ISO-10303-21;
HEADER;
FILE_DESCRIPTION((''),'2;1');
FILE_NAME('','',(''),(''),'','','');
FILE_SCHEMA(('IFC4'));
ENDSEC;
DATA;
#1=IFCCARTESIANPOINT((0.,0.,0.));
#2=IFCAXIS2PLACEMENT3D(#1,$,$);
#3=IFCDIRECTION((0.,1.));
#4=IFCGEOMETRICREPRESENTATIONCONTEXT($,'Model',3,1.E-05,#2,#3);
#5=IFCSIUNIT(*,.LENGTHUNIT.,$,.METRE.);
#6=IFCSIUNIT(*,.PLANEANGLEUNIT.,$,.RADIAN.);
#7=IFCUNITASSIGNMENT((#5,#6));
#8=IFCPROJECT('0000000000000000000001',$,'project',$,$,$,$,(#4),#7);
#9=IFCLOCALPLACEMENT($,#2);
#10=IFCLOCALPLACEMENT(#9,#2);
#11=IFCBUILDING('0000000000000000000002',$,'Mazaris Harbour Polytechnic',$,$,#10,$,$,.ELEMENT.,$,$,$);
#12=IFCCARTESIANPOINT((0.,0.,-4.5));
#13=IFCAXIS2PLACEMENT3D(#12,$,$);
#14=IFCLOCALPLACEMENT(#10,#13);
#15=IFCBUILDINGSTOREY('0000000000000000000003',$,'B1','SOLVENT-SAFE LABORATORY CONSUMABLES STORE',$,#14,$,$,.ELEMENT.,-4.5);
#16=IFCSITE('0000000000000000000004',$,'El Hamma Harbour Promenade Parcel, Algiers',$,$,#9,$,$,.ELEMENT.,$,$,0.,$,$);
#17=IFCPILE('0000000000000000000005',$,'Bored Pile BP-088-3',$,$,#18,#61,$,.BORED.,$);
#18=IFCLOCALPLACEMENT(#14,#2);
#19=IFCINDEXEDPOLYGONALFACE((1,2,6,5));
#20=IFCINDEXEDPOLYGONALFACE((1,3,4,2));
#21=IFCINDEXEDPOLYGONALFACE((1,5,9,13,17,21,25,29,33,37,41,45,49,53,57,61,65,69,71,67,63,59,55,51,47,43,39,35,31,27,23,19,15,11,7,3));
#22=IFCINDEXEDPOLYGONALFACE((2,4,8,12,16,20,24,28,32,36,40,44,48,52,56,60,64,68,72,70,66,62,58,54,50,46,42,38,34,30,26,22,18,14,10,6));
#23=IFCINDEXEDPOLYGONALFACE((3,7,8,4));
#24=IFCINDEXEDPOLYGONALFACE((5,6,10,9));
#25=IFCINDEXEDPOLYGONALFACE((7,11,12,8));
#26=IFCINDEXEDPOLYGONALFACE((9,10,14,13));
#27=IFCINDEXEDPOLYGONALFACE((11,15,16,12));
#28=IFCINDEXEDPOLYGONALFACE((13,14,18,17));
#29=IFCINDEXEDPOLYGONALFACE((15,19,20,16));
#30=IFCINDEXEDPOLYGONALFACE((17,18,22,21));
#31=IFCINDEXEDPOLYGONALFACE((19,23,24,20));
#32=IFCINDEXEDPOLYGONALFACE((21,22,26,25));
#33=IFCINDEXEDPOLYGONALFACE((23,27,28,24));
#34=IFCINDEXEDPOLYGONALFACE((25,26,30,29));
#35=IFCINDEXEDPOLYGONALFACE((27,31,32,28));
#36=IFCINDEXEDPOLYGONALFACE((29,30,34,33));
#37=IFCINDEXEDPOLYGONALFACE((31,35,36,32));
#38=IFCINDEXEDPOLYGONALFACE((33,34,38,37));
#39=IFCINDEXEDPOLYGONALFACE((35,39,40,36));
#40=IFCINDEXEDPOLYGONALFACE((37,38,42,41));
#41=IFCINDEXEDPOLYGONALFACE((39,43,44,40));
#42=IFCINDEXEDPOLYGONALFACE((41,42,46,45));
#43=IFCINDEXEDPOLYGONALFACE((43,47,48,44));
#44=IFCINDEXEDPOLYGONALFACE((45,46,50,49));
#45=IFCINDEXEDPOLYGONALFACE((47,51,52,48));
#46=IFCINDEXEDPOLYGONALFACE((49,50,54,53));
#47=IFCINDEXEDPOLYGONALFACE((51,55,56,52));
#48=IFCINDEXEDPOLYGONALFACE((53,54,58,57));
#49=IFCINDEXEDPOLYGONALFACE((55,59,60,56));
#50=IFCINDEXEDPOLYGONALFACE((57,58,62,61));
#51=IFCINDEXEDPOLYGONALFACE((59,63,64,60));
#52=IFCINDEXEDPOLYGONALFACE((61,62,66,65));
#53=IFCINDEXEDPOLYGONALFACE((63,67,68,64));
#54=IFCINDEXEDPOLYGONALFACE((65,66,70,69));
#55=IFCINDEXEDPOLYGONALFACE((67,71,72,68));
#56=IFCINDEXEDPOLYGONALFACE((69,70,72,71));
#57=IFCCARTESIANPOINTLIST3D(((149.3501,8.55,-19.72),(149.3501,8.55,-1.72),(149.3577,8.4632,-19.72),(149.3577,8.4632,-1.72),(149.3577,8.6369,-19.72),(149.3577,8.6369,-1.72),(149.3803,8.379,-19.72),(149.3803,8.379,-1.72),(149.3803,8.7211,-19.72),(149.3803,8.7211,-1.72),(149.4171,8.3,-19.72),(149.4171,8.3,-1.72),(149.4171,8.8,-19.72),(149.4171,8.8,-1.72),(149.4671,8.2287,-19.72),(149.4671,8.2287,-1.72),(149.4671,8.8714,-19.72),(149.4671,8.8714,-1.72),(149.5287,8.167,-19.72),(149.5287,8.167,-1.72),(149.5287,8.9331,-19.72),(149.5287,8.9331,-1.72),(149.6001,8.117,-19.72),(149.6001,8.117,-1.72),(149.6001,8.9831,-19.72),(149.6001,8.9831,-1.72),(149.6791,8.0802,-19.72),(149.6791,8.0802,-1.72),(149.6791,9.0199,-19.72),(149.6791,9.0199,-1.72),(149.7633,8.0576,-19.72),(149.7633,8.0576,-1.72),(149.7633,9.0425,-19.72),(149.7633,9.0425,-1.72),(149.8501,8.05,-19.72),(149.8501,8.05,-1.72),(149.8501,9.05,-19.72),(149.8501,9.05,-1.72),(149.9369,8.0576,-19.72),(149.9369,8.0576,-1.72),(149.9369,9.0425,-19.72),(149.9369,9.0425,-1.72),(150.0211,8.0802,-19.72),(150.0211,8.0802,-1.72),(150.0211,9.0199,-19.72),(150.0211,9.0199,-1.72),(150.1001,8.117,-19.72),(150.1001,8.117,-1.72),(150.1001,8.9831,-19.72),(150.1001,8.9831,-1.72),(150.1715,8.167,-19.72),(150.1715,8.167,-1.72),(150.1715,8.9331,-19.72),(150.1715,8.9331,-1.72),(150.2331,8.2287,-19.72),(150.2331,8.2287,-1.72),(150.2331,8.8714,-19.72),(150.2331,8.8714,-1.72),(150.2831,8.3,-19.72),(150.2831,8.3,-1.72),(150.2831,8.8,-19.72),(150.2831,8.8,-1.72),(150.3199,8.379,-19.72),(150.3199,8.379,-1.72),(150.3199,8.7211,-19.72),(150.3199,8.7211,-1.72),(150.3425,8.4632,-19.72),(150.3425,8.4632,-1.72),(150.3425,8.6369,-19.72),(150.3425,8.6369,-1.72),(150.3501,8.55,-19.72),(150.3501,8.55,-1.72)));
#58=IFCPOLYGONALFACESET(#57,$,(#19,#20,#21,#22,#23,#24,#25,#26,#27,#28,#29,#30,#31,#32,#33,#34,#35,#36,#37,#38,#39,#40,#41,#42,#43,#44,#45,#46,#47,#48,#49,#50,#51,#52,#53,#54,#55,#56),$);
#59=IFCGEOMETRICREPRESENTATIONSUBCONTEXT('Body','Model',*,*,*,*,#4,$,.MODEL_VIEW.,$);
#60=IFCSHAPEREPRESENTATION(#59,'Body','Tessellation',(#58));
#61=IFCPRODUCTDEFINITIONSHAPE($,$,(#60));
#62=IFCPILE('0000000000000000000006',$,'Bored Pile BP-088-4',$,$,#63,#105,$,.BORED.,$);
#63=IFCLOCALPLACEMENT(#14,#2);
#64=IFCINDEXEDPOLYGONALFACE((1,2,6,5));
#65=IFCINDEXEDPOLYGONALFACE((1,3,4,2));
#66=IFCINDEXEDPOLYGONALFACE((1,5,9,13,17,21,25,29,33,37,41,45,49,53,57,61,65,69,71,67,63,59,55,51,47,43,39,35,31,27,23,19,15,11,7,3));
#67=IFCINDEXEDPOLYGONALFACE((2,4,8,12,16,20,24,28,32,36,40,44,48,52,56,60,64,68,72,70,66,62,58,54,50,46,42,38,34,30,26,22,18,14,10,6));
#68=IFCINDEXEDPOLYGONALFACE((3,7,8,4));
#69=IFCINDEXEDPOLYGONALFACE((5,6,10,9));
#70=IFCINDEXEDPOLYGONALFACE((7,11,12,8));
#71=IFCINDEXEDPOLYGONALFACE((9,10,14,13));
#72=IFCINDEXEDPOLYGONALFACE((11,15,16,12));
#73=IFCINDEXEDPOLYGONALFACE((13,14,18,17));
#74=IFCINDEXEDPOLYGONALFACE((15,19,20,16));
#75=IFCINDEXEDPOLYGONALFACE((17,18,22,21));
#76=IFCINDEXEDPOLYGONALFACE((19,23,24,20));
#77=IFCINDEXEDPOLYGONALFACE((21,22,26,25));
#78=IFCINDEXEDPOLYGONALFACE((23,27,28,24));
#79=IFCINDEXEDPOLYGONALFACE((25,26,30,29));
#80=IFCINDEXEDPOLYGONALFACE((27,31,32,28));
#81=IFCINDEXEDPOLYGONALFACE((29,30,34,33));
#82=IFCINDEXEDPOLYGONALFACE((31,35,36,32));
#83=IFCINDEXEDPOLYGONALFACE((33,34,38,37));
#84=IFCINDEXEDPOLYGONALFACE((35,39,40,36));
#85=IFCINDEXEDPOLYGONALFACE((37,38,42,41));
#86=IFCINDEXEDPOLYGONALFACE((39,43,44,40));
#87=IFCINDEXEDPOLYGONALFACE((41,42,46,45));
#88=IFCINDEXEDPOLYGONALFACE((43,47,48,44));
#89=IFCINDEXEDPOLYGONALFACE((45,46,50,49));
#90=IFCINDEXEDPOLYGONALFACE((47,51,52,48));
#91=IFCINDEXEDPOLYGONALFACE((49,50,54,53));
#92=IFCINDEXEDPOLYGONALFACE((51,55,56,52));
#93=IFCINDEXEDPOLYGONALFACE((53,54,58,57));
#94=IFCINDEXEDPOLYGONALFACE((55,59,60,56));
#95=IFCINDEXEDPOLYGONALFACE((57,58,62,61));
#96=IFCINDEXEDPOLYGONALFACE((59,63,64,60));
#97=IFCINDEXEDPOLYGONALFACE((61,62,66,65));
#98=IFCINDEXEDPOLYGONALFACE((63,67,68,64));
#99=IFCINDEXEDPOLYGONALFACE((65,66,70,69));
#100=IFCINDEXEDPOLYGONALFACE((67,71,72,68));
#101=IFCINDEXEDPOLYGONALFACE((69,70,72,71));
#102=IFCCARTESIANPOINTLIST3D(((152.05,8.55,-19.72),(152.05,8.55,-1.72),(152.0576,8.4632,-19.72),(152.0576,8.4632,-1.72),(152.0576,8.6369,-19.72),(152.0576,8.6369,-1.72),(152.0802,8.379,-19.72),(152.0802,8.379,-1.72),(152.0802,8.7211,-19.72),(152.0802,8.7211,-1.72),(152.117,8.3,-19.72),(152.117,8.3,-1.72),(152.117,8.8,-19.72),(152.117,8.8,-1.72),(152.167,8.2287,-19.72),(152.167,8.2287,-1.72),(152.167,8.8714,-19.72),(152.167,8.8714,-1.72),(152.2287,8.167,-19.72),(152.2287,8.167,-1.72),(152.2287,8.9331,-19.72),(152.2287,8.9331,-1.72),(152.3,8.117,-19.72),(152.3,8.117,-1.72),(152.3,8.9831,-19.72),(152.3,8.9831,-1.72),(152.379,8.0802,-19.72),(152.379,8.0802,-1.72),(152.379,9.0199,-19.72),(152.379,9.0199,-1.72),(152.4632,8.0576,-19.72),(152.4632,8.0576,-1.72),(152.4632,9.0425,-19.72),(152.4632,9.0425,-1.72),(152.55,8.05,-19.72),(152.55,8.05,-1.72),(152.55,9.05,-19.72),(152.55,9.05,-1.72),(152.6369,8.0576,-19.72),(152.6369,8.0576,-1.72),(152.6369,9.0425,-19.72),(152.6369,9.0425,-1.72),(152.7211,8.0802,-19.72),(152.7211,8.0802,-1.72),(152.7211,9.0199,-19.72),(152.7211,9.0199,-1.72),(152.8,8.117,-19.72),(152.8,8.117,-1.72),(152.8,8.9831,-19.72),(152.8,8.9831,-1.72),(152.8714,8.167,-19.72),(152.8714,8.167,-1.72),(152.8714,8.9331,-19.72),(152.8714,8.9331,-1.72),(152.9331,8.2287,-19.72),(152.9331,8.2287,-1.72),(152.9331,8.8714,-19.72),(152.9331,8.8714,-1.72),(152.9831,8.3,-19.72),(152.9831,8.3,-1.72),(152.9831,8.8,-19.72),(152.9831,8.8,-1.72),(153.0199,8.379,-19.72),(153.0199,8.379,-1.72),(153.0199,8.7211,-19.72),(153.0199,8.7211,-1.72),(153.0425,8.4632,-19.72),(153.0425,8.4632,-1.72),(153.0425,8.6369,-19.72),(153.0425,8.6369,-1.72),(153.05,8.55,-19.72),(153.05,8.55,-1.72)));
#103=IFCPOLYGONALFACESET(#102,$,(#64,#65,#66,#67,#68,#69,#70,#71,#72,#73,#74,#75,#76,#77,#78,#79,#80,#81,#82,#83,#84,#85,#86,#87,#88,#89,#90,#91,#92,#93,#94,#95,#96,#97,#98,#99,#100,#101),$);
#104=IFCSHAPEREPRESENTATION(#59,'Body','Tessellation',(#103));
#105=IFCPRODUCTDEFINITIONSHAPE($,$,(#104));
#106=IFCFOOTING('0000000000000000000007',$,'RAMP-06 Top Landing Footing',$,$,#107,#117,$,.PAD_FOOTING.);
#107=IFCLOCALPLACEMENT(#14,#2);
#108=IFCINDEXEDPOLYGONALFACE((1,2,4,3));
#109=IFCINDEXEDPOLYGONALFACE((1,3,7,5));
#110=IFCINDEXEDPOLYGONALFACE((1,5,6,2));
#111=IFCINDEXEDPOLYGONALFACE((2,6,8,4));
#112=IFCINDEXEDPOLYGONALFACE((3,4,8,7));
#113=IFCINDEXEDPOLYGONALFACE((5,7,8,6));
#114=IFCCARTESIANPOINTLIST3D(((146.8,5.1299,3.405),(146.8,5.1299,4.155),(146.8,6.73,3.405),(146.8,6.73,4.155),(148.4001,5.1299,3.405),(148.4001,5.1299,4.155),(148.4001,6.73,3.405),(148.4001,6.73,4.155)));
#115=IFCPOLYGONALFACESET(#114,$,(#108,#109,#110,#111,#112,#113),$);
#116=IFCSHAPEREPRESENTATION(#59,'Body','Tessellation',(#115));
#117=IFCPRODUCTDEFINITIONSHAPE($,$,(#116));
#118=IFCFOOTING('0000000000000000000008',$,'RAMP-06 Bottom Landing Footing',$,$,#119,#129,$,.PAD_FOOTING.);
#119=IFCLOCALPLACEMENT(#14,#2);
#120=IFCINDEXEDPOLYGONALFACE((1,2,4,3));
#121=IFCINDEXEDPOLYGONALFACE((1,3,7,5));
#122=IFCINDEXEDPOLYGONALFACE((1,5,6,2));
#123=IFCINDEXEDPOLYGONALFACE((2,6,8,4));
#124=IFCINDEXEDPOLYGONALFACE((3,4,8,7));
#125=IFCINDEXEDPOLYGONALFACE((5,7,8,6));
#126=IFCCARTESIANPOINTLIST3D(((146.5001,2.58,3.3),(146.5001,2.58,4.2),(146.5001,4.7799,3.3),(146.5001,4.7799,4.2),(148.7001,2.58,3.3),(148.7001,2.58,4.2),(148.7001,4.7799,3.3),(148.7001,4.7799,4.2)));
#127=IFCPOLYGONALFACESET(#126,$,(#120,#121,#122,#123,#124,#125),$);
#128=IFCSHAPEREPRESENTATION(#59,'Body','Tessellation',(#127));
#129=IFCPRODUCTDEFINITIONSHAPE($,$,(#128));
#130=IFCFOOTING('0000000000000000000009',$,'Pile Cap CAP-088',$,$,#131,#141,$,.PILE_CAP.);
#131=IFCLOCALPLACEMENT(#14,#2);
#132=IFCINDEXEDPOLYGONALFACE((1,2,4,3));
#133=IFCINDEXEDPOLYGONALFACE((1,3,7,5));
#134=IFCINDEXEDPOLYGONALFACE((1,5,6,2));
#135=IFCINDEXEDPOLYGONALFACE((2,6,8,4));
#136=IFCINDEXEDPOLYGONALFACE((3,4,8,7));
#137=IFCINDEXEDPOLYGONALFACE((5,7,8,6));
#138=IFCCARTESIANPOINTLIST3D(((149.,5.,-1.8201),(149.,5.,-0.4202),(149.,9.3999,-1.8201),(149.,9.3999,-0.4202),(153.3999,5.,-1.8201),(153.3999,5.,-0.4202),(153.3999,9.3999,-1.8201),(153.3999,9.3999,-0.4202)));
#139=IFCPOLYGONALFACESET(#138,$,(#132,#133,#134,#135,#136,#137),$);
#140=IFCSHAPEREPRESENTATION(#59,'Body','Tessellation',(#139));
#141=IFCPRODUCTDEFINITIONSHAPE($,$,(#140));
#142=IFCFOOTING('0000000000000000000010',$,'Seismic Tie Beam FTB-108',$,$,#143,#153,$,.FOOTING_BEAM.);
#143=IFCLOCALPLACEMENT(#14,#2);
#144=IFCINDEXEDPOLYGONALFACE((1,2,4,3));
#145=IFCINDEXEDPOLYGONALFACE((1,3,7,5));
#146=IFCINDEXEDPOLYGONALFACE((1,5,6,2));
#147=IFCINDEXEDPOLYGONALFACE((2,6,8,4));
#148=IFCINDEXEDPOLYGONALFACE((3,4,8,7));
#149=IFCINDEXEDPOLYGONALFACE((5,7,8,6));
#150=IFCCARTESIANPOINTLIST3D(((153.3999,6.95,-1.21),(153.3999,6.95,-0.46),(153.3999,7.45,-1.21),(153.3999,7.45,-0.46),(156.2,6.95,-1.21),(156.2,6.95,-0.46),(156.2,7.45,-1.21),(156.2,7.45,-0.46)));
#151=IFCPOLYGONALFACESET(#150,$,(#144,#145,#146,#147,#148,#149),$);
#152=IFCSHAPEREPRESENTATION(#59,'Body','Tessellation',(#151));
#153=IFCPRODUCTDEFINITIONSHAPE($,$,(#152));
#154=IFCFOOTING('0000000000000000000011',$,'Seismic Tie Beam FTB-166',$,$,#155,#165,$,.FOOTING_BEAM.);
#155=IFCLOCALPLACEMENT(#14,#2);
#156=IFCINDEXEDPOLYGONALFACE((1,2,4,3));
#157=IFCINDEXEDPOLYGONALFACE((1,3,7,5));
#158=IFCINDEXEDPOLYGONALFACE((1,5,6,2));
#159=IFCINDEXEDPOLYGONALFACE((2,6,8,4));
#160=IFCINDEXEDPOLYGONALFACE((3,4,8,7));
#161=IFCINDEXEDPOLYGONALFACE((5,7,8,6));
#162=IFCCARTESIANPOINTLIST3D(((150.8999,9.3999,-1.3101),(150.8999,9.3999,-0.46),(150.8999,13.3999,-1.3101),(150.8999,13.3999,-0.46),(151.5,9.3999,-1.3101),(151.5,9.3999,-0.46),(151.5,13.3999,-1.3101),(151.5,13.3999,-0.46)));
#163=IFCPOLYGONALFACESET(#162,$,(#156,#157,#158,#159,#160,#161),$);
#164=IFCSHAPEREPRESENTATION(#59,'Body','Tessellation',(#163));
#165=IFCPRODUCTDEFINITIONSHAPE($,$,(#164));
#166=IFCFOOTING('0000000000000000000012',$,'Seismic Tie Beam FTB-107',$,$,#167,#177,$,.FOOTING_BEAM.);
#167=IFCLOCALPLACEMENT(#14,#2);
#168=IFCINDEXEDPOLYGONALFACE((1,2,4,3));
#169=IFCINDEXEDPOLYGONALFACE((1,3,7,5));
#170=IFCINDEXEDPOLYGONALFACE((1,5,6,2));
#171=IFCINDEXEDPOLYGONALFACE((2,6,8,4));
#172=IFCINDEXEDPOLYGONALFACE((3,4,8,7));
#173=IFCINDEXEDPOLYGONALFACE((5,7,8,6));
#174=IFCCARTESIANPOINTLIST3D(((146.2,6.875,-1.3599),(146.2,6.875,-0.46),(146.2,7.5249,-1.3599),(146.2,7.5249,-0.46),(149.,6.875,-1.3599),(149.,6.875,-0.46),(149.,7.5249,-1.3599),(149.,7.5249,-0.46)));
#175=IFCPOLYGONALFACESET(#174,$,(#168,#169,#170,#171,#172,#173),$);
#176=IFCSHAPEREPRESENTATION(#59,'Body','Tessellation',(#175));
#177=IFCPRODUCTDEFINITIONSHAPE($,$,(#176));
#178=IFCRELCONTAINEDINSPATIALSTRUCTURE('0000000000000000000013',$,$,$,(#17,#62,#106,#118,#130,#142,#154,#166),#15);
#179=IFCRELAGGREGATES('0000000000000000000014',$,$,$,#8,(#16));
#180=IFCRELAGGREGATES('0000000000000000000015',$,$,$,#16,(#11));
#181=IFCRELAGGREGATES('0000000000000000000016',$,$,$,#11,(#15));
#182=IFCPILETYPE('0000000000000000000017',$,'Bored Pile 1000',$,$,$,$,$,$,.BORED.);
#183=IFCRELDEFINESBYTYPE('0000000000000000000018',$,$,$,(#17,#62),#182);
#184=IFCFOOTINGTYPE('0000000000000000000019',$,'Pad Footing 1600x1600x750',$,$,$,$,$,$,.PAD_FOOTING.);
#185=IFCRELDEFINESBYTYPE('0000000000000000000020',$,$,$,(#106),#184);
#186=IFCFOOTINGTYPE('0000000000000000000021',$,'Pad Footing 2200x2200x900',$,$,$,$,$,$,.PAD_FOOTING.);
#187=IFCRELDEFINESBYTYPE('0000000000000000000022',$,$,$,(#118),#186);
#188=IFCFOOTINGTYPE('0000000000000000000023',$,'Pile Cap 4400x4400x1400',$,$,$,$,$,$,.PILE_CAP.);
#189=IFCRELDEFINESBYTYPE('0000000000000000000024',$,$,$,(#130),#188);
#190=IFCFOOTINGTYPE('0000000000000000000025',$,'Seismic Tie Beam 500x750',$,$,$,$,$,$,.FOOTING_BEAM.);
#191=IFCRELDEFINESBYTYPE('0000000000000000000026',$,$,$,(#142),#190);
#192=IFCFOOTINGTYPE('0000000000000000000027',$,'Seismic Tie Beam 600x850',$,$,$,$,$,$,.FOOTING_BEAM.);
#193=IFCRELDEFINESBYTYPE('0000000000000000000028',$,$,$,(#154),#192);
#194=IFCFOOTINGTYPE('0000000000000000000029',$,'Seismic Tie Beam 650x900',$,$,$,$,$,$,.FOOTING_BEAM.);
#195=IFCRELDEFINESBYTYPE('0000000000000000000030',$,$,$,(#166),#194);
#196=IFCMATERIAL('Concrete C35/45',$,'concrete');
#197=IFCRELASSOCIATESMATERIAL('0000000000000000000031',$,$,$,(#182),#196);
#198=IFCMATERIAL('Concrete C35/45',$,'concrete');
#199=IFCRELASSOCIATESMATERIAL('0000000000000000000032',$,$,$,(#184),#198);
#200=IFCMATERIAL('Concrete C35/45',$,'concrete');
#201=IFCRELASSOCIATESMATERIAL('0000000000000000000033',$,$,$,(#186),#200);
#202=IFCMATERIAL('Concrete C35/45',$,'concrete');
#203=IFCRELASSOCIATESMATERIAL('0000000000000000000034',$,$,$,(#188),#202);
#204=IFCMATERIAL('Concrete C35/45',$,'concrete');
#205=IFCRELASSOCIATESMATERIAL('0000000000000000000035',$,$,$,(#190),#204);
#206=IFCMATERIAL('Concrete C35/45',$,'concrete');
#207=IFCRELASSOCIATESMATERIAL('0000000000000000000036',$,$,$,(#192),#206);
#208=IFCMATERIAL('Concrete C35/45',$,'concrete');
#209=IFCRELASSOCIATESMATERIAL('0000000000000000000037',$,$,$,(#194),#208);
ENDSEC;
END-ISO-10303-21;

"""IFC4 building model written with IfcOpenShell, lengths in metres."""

from ifc_helpers import new_model, si_unit, direction, frame, origin, origin_2d, place, context, subcontext, project, spatial, rectangle, circle, extrude, material, material_profile, profile_set, type_object, element, save


model = new_model("IFC4")

# Units and contexts
model_context = context("Model", 3, precision=1e-05, world=origin(), true_north=direction((0.0, 1.0)))
body_context = subcontext(model_context, "Body", "Model", "MODEL_VIEW")
ifc_project = project(units=[si_unit("LENGTHUNIT", "METRE"), si_unit("PLANEANGLEUNIT", "RADIAN")], contexts=[model_context])

# Site, building, storey
site_placement = place(None, origin())
site = spatial("IfcSite", under=ifc_project, at=site_placement, Name="El Hamma Harbour Promenade Parcel, Algiers", CompositionType="ELEMENT", RefElevation=0.0)
building_placement = place(site_placement, origin())
building = spatial("IfcBuilding", under=site, at=building_placement, Name="Mazaris Harbour Polytechnic", CompositionType="ELEMENT")
storey_placement = place(building_placement, frame((0.0, 0.0, -4.5)))
storey = spatial("IfcBuildingStorey", under=building, at=storey_placement, Name="B1", Description="SOLVENT-SAFE LABORATORY CONSUMABLES STORE", CompositionType="ELEMENT", Elevation=-4.5)

# Piles
ifc_material_1 = material(Name="Concrete C35/45", Category="concrete")
ifc_material_profile_1 = material_profile(ifc_material_1, circle(Radius=0.5, at=origin_2d()), Name="DIA1000")
ifc_profile_set_1 = profile_set([ifc_material_profile_1], Name="Concrete C35/45")
pile_type = type_object("IfcPileType", Name="Bored Pile 1000", PredefinedType="BORED", material=ifc_profile_set_1)
for number, where, z_axis, x_axis, name in (
    (1, (149.8501, 8.55, -1.72), (0.0, 0.0, -1.0), (1.0, 0.0, 0.0), "Bored Pile BP-088-3"),
    (2, (152.55, 8.55, -1.72), (0.0, 0.0, -1.0), (1.0, 0.0, 0.0), "Bored Pile BP-088-4"),
):
    element("IfcPile", number, at=place(storey_placement, frame(where, z_axis=z_axis, x_axis=x_axis)), inside=storey, type_object=pile_type, Name=name, PredefinedType="BORED", context=body_context, shape_type="SweptSolid", body=[
        extrude(circle(Radius=0.5, at=origin_2d()), origin(), (0.0, 0.0, 1.0), 18.0),
    ])

# Footings
ifc_material_2 = material(Name="Concrete C35/45", Category="concrete")
footing_type_1 = type_object("IfcFootingType", Name="Pad Footing 1600x1600x750", PredefinedType="PAD_FOOTING", material=ifc_material_2)
footing_1_placement = place(storey_placement, frame((147.6001, 5.9299, 3.405), z_axis=(0.0, 0.0, 1.0), x_axis=(1.0, 0.0, 0.0)))
element("IfcFooting", 3, at=footing_1_placement, inside=storey, type_object=footing_type_1, Name="RAMP-06 Top Landing Footing", PredefinedType="PAD_FOOTING", context=body_context, shape_type="SweptSolid", body=[
    extrude(rectangle(XDim=1.6001, YDim=1.6001, at=origin_2d()), origin(), (0.0, 0.0, 1.0), 0.75),
])
ifc_material_3 = material(Name="Concrete C35/45", Category="concrete")
footing_type_2 = type_object("IfcFootingType", Name="Pad Footing 2200x2200x900", PredefinedType="PAD_FOOTING", material=ifc_material_3)
footing_2_placement = place(storey_placement, frame((147.6001, 3.6799, 3.3), z_axis=(0.0, 0.0, 1.0), x_axis=(1.0, 0.0, 0.0)))
element("IfcFooting", 4, at=footing_2_placement, inside=storey, type_object=footing_type_2, Name="RAMP-06 Bottom Landing Footing", PredefinedType="PAD_FOOTING", context=body_context, shape_type="SweptSolid", body=[
    extrude(rectangle(XDim=2.2, YDim=2.2, at=origin_2d()), origin(), (0.0, 0.0, 1.0), 0.8999),
])
ifc_material_4 = material(Name="Concrete C35/45", Category="concrete")
footing_type_3 = type_object("IfcFootingType", Name="Pile Cap 4400x4400x1400", PredefinedType="PILE_CAP", material=ifc_material_4)
footing_3_placement = place(storey_placement, frame((151.2, 7.2, -1.8201), z_axis=(0.0, 0.0, 1.0), x_axis=(1.0, 0.0, 0.0)))
element("IfcFooting", 5, at=footing_3_placement, inside=storey, type_object=footing_type_3, Name="Pile Cap CAP-088", PredefinedType="PILE_CAP", context=body_context, shape_type="SweptSolid", body=[
    extrude(rectangle(XDim=4.3999, YDim=4.3999, at=origin_2d()), origin(), (0.0, 0.0, 1.0), 1.3999),
])
ifc_material_5 = material(Name="Concrete C35/45", Category="concrete")
ifc_material_profile_2 = material_profile(ifc_material_5, rectangle(XDim=0.5, YDim=0.75, at=origin_2d()), Name="RECT500x750")
ifc_profile_set_2 = profile_set([ifc_material_profile_2], Name="Concrete C35/45")
footing_type_4 = type_object("IfcFootingType", Name="Seismic Tie Beam 500x750", PredefinedType="FOOTING_BEAM", material=ifc_profile_set_2)
footing_4_placement = place(storey_placement, frame((153.3999, 7.2, -0.835), z_axis=(1.0, 0.0, 0.0), x_axis=(0.0, 1.0, 0.0)))
element("IfcFooting", 6, at=footing_4_placement, inside=storey, type_object=footing_type_4, Name="Seismic Tie Beam FTB-108", PredefinedType="FOOTING_BEAM", context=body_context, shape_type="SweptSolid", body=[
    extrude(rectangle(XDim=0.5, YDim=0.75, at=origin_2d()), origin(), (0.0, 0.0, 1.0), 2.8),
])
ifc_material_6 = material(Name="Concrete C35/45", Category="concrete")
ifc_material_profile_3 = material_profile(ifc_material_6, rectangle(XDim=0.6001, YDim=0.8501, at=origin_2d()), Name="RECT600x850")
ifc_profile_set_3 = profile_set([ifc_material_profile_3], Name="Concrete C35/45")
footing_type_5 = type_object("IfcFootingType", Name="Seismic Tie Beam 600x850", PredefinedType="FOOTING_BEAM", material=ifc_profile_set_3)
footing_5_placement = place(storey_placement, frame((151.2, 9.3999, -0.885), z_axis=(0.0, 1.0, 0.0), x_axis=(-1.0, 0.0, 0.0)))
element("IfcFooting", 7, at=footing_5_placement, inside=storey, type_object=footing_type_5, Name="Seismic Tie Beam FTB-166", PredefinedType="FOOTING_BEAM", context=body_context, shape_type="SweptSolid", body=[
    extrude(rectangle(XDim=0.6001, YDim=0.8501, at=origin_2d()), origin(), (0.0, 0.0, 1.0), 4.0),
])
ifc_material_7 = material(Name="Concrete C35/45", Category="concrete")
ifc_material_profile_4 = material_profile(ifc_material_7, rectangle(XDim=0.6499, YDim=0.8999, at=origin_2d()), Name="RECT650x900")
ifc_profile_set_4 = profile_set([ifc_material_profile_4], Name="Concrete C35/45")
footing_type_6 = type_object("IfcFootingType", Name="Seismic Tie Beam 650x900", PredefinedType="FOOTING_BEAM", material=ifc_profile_set_4)
footing_6_placement = place(storey_placement, frame((146.2, 7.2, -0.9099), z_axis=(1.0, 0.0, 0.0), x_axis=(0.0, 1.0, 0.0)))
element("IfcFooting", 8, at=footing_6_placement, inside=storey, type_object=footing_type_6, Name="Seismic Tie Beam FTB-107", PredefinedType="FOOTING_BEAM", context=body_context, shape_type="SweptSolid", body=[
    extrude(rectangle(XDim=0.6499, YDim=0.8999, at=origin_2d()), origin(), (0.0, 0.0, 1.0), 2.8),
])

save(model, "model.ifc")
